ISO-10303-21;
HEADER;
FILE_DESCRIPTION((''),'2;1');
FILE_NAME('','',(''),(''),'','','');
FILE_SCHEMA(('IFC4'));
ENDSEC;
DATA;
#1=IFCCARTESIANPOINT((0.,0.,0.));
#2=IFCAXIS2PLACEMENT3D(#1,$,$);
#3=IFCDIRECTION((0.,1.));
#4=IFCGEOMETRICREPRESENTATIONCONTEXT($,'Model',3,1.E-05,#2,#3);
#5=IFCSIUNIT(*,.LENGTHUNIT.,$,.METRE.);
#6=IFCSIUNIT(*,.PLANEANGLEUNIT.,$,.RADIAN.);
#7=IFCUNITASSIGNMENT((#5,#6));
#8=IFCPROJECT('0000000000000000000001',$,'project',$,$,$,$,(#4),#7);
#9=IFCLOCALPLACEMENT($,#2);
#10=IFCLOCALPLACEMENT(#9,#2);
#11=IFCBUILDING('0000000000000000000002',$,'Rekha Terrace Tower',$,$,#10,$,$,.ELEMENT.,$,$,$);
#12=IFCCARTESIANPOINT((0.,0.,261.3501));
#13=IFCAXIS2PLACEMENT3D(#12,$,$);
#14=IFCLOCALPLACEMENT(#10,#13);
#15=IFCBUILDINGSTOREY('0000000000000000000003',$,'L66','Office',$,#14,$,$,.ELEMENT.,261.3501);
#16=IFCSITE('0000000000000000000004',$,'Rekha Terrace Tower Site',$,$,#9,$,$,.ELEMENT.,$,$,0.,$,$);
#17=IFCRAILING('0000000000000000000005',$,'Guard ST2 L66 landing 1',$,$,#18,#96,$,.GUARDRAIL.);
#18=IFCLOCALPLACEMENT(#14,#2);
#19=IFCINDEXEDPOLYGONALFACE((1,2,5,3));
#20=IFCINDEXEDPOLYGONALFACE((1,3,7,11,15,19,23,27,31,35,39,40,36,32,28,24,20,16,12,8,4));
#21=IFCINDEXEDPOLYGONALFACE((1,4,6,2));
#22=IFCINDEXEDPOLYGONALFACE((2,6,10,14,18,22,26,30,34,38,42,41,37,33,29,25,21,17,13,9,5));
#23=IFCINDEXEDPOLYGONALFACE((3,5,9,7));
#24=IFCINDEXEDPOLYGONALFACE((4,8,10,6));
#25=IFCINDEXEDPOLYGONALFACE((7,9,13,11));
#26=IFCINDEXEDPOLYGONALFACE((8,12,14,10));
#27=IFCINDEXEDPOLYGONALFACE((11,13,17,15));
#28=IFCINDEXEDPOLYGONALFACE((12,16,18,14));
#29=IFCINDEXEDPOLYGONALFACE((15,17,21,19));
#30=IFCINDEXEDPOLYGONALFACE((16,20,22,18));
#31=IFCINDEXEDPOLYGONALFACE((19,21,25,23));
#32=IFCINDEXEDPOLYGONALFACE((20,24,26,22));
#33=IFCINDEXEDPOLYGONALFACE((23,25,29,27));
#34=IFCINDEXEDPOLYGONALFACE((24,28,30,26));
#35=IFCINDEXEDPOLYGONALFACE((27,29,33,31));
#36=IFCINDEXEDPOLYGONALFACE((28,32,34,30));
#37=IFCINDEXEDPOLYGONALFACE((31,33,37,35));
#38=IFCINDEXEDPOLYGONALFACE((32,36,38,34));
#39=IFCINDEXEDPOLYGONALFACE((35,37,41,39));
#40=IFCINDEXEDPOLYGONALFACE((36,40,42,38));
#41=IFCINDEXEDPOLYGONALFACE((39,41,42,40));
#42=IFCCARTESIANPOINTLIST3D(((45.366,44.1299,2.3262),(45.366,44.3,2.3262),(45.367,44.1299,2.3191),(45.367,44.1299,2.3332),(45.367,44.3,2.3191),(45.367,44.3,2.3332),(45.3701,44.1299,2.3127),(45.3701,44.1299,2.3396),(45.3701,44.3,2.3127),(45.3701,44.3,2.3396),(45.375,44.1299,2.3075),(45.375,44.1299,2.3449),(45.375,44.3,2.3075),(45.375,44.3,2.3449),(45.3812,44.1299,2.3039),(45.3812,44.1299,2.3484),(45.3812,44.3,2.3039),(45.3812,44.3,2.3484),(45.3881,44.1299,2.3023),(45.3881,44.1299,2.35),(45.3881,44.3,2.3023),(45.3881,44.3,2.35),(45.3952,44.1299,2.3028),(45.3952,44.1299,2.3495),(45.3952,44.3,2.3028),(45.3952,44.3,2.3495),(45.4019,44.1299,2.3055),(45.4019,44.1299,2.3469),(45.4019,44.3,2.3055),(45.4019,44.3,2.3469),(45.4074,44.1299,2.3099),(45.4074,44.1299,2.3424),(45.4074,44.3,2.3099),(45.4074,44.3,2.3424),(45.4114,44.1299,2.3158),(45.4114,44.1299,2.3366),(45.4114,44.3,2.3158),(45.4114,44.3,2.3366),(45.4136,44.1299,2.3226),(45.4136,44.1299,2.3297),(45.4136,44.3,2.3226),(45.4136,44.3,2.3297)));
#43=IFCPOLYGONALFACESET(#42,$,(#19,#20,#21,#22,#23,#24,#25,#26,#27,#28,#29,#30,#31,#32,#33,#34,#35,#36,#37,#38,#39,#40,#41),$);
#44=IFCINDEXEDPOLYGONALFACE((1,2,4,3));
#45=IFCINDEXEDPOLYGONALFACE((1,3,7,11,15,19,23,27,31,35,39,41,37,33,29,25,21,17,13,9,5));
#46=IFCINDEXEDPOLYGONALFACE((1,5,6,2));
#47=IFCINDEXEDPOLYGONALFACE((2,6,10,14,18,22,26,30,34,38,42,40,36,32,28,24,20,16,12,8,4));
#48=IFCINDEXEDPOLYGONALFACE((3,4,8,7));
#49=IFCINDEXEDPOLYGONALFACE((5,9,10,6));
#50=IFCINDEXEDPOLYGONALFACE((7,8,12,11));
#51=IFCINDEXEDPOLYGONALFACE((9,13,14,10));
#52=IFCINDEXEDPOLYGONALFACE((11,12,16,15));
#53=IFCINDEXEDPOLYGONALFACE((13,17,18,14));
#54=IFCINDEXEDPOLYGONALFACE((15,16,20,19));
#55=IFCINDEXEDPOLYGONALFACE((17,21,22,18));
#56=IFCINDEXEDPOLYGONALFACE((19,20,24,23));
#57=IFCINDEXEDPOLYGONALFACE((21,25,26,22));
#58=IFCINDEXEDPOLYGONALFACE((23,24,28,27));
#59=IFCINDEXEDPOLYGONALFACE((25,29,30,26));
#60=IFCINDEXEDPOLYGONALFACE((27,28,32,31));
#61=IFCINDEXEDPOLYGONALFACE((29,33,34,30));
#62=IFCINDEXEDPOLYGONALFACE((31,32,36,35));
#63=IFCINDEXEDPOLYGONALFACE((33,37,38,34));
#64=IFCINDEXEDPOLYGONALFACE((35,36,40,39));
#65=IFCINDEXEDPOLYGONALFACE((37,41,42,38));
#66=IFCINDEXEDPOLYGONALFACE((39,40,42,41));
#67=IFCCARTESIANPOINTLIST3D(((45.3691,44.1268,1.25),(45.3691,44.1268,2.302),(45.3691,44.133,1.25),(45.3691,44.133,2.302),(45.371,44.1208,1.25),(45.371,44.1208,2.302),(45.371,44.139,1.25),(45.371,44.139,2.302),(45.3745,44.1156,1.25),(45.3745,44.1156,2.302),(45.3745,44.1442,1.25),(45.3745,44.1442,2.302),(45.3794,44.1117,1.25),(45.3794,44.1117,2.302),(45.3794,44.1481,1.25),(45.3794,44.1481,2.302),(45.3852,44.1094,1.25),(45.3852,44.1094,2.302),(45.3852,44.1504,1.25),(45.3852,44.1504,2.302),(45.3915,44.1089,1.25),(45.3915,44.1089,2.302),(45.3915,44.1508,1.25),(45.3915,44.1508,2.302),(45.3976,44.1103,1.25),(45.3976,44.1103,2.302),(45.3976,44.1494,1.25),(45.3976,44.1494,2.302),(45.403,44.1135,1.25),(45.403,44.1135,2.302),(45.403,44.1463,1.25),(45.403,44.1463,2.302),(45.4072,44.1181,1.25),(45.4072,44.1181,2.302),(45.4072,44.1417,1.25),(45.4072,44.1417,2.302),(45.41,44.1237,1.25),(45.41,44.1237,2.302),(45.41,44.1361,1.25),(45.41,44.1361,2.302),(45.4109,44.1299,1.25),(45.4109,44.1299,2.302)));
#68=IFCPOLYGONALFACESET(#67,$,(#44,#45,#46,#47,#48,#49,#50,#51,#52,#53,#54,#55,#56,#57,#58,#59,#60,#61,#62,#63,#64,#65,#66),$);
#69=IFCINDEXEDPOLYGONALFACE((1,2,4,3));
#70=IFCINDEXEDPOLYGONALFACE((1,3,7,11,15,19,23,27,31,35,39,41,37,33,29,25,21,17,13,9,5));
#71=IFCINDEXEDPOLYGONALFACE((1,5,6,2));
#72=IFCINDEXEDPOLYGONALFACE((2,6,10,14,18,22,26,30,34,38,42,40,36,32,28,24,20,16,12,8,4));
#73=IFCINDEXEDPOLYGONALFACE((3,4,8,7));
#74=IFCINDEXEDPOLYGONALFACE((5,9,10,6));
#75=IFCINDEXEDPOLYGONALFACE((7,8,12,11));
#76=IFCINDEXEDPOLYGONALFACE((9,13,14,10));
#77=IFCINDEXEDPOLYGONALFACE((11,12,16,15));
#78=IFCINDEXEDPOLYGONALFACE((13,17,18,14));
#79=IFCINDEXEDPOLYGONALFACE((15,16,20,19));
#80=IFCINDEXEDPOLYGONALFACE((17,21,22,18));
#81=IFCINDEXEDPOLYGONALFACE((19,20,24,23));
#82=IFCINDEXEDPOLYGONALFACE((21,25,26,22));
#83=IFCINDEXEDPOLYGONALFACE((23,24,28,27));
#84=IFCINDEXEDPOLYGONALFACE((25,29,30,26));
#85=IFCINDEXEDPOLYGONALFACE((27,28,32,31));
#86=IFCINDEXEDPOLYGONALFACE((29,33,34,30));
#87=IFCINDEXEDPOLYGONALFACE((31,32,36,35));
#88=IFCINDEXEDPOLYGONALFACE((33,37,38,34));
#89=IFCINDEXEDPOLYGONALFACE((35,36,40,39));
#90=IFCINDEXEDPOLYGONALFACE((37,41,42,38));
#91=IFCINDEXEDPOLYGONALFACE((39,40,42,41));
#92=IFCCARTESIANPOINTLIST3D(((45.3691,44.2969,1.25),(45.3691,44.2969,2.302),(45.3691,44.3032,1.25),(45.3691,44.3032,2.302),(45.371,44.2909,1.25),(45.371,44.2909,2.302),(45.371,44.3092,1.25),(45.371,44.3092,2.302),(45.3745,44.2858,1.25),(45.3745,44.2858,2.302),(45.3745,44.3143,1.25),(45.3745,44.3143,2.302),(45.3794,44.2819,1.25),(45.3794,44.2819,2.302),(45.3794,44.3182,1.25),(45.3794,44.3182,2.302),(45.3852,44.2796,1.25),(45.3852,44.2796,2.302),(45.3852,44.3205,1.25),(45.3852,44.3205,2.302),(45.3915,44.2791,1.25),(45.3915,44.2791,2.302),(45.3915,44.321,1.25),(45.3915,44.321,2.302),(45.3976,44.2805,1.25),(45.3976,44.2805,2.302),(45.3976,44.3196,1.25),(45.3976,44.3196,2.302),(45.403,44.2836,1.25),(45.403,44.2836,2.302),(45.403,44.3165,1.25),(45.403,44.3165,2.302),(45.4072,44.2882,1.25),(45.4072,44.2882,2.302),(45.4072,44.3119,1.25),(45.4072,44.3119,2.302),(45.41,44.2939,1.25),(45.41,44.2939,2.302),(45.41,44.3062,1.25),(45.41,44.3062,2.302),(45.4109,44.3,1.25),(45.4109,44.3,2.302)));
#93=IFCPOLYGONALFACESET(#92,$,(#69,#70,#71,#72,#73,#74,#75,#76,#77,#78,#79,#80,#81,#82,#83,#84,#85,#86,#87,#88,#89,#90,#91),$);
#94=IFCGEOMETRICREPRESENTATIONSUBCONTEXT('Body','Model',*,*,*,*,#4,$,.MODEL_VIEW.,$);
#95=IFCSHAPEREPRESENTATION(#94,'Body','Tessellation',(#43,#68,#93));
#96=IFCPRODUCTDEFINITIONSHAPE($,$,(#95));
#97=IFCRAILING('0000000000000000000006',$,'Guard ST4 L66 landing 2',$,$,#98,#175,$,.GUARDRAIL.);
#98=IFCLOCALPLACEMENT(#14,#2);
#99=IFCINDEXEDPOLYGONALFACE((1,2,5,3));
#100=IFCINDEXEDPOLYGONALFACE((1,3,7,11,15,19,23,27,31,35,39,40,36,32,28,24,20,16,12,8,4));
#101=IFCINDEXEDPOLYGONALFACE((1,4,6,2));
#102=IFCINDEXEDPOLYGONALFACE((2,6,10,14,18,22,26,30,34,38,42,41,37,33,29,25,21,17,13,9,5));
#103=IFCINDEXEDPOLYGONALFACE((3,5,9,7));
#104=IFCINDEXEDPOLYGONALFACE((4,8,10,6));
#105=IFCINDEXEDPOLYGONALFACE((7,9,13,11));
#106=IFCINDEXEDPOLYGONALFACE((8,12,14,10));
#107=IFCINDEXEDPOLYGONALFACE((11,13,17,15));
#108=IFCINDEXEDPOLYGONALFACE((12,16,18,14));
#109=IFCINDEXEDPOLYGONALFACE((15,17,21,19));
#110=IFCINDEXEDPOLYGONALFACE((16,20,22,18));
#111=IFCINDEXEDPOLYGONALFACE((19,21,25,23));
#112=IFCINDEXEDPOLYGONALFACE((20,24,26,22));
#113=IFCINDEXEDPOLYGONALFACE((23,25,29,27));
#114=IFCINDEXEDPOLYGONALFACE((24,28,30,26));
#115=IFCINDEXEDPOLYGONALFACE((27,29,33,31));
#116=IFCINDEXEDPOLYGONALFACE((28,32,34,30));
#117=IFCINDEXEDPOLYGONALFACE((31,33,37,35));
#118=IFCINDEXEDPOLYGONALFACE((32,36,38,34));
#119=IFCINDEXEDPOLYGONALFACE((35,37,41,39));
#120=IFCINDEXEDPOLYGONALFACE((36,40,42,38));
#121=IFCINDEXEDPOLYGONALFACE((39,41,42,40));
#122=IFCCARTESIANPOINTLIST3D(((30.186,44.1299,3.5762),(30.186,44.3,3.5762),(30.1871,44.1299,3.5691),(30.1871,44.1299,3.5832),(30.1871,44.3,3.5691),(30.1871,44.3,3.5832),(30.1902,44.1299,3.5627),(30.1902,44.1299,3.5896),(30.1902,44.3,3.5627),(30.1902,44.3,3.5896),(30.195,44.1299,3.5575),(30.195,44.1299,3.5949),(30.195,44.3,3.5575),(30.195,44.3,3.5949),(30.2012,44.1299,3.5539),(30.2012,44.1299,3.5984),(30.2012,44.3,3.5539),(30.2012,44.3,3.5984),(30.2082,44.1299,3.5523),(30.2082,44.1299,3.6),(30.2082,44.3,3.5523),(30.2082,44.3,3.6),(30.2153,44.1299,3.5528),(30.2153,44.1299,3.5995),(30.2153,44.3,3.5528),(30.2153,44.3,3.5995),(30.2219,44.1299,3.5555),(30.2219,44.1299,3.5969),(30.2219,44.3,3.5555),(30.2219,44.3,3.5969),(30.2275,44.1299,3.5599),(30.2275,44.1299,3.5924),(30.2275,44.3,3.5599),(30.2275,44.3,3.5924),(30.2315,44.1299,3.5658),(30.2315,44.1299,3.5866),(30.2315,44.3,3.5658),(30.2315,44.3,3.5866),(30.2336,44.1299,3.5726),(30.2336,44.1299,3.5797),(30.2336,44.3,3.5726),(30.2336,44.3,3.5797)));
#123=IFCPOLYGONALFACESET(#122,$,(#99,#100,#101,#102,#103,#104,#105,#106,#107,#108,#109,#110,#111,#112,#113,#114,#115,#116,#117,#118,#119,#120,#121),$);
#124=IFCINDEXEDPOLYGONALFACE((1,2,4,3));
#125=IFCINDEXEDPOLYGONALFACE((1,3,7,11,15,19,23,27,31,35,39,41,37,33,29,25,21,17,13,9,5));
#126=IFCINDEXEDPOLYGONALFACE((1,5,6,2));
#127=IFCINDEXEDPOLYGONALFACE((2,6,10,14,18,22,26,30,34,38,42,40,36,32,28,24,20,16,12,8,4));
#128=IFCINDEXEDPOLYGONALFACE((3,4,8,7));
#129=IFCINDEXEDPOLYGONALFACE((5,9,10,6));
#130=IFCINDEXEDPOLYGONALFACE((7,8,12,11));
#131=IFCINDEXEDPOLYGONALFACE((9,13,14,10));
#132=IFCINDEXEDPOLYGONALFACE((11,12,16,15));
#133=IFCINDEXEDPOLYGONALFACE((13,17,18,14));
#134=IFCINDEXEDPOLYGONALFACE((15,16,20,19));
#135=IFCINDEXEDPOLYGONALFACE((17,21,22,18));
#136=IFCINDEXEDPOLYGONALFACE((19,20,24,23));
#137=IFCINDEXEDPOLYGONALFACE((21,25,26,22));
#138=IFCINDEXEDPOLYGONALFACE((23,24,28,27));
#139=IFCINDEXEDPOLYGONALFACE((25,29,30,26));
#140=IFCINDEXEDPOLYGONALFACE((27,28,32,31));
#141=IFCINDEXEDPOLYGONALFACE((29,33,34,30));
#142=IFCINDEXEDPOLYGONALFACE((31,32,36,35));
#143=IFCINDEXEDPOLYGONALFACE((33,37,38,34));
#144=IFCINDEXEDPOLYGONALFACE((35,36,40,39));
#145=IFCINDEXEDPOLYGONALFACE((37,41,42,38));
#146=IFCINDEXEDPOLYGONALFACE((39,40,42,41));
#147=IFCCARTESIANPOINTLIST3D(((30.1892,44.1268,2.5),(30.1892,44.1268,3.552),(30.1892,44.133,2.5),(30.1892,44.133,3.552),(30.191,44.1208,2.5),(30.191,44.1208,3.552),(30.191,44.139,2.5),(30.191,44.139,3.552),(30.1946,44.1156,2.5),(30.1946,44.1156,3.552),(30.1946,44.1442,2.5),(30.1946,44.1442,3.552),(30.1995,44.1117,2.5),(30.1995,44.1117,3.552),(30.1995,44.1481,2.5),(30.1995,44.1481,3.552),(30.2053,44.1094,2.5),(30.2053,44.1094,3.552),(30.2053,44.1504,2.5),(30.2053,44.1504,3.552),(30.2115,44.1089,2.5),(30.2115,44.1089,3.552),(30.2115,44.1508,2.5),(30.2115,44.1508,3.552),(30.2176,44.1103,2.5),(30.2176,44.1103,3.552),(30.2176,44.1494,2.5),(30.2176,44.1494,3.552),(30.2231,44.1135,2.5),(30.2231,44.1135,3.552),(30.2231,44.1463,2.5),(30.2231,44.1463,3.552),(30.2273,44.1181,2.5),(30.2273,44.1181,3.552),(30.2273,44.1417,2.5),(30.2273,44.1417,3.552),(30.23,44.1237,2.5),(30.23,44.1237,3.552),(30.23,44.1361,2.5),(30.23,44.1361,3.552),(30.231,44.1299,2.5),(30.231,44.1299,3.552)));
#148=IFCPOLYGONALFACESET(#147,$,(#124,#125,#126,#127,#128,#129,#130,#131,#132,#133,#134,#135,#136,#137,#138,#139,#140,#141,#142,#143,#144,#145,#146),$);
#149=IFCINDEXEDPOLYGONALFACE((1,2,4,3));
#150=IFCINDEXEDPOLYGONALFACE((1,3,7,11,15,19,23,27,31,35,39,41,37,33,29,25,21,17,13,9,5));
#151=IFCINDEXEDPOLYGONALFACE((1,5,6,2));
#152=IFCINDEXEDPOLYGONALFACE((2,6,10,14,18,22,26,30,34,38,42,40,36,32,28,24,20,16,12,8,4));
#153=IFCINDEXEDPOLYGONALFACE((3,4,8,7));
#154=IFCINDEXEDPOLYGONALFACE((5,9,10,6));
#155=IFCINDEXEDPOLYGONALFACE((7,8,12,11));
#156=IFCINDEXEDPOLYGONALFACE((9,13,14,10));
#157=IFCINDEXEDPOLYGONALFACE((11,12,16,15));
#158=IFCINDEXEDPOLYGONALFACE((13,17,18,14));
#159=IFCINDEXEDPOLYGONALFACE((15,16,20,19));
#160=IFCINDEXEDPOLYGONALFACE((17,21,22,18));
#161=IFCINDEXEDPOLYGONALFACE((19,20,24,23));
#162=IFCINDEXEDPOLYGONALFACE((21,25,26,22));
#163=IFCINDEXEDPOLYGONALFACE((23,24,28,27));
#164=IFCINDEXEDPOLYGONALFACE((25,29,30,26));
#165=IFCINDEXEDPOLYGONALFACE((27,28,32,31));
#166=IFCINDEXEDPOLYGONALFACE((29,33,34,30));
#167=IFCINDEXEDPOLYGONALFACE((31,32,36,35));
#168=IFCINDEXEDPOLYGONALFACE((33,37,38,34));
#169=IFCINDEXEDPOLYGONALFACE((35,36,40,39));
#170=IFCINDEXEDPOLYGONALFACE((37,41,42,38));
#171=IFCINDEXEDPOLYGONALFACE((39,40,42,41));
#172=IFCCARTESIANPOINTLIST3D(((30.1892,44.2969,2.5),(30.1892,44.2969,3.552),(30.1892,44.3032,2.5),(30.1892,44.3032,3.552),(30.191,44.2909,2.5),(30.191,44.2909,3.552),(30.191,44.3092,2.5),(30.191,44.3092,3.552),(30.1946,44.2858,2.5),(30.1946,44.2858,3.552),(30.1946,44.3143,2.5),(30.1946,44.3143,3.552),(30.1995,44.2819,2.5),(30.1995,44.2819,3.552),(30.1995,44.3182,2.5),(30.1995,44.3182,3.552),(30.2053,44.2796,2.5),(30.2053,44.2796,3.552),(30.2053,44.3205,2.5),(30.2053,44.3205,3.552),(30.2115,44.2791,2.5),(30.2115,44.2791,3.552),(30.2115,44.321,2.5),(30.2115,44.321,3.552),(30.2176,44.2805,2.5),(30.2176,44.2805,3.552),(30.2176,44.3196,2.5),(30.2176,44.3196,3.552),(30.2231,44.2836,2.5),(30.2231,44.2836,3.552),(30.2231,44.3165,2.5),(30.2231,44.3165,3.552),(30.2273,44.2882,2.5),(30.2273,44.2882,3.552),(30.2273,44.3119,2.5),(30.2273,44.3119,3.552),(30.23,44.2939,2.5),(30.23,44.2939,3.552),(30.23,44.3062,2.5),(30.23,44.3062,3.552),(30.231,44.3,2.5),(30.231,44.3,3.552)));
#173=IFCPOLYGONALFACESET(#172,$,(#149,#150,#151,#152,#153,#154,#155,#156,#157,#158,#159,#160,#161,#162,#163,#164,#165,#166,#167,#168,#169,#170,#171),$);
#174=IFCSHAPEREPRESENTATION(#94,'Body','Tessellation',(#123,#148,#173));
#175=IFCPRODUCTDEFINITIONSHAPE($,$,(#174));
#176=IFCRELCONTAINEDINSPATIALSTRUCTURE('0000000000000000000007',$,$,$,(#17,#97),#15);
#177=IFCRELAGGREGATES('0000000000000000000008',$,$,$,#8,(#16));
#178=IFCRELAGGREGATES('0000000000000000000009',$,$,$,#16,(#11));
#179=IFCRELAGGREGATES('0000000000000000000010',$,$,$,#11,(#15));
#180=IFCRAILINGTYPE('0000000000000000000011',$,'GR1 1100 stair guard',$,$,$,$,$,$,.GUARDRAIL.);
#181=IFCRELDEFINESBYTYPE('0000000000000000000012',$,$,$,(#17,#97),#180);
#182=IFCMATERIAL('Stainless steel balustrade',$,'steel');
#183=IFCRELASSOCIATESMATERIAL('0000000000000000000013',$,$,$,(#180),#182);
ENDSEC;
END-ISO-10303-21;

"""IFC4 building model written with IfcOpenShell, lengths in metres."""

from ifc_helpers import new_model, si_unit, direction, frame, origin, origin_2d, place, context, subcontext, project, spatial, circle, extrude, material, type_object, element, save


model = new_model("IFC4")

# Units and contexts
model_context = context("Model", 3, precision=1e-05, world=origin(), true_north=direction((0.0, 1.0)))
body_context = subcontext(model_context, "Body", "Model", "MODEL_VIEW")
ifc_project = project(units=[si_unit("LENGTHUNIT", "METRE"), si_unit("PLANEANGLEUNIT", "RADIAN")], contexts=[model_context])

# Site, building, storey
site_placement = place(None, origin())
site = spatial("IfcSite", under=ifc_project, at=site_placement, Name="Rekha Terrace Tower Site", CompositionType="ELEMENT", RefElevation=0.0)
building_placement = place(site_placement, origin())
building = spatial("IfcBuilding", under=site, at=building_placement, Name="Rekha Terrace Tower", CompositionType="ELEMENT")
storey_placement = place(building_placement, frame((0.0, 0.0, 261.3501)))
storey = spatial("IfcBuildingStorey", under=building, at=storey_placement, Name="L66", Description="Office", CompositionType="ELEMENT", Elevation=261.3501)

# Railings
ifc_material_1 = material(Name="Stainless steel balustrade", Category="steel")
railing_type = type_object("IfcRailingType", Name="GR1 1100 stair guard", PredefinedType="GUARDRAIL", material=ifc_material_1)
for number, where, name in (
    (1, (45.3899, 44.1299, 1.25), "Guard ST2 L66 landing 1"),
    (2, (30.21, 44.1299, 2.5), "Guard ST4 L66 landing 2"),
):
    element("IfcRailing", number, at=place(storey_placement, frame(where)), inside=storey, type_object=railing_type, Name=name, PredefinedType="GUARDRAIL", context=body_context, shape_type="SweptSolid", body=[
        extrude(circle(Radius=0.0239, at=origin_2d()), frame((0.0, 0.0, 1.0762), z_axis=(0.0, 1.0, 0.0), x_axis=(-1.0, 0.0, 0.0)), (0.0, 0.0, 1.0), 0.1702),
        extrude(circle(Radius=0.021, at=origin_2d()), origin(), (0.0, 0.0, 1.0), 1.052),
        extrude(circle(Radius=0.021, at=origin_2d()), frame((0.0, 0.1702, 0.0)), (0.0, 0.0, 1.0), 1.052),
    ])

save(model, "model.ifc")
